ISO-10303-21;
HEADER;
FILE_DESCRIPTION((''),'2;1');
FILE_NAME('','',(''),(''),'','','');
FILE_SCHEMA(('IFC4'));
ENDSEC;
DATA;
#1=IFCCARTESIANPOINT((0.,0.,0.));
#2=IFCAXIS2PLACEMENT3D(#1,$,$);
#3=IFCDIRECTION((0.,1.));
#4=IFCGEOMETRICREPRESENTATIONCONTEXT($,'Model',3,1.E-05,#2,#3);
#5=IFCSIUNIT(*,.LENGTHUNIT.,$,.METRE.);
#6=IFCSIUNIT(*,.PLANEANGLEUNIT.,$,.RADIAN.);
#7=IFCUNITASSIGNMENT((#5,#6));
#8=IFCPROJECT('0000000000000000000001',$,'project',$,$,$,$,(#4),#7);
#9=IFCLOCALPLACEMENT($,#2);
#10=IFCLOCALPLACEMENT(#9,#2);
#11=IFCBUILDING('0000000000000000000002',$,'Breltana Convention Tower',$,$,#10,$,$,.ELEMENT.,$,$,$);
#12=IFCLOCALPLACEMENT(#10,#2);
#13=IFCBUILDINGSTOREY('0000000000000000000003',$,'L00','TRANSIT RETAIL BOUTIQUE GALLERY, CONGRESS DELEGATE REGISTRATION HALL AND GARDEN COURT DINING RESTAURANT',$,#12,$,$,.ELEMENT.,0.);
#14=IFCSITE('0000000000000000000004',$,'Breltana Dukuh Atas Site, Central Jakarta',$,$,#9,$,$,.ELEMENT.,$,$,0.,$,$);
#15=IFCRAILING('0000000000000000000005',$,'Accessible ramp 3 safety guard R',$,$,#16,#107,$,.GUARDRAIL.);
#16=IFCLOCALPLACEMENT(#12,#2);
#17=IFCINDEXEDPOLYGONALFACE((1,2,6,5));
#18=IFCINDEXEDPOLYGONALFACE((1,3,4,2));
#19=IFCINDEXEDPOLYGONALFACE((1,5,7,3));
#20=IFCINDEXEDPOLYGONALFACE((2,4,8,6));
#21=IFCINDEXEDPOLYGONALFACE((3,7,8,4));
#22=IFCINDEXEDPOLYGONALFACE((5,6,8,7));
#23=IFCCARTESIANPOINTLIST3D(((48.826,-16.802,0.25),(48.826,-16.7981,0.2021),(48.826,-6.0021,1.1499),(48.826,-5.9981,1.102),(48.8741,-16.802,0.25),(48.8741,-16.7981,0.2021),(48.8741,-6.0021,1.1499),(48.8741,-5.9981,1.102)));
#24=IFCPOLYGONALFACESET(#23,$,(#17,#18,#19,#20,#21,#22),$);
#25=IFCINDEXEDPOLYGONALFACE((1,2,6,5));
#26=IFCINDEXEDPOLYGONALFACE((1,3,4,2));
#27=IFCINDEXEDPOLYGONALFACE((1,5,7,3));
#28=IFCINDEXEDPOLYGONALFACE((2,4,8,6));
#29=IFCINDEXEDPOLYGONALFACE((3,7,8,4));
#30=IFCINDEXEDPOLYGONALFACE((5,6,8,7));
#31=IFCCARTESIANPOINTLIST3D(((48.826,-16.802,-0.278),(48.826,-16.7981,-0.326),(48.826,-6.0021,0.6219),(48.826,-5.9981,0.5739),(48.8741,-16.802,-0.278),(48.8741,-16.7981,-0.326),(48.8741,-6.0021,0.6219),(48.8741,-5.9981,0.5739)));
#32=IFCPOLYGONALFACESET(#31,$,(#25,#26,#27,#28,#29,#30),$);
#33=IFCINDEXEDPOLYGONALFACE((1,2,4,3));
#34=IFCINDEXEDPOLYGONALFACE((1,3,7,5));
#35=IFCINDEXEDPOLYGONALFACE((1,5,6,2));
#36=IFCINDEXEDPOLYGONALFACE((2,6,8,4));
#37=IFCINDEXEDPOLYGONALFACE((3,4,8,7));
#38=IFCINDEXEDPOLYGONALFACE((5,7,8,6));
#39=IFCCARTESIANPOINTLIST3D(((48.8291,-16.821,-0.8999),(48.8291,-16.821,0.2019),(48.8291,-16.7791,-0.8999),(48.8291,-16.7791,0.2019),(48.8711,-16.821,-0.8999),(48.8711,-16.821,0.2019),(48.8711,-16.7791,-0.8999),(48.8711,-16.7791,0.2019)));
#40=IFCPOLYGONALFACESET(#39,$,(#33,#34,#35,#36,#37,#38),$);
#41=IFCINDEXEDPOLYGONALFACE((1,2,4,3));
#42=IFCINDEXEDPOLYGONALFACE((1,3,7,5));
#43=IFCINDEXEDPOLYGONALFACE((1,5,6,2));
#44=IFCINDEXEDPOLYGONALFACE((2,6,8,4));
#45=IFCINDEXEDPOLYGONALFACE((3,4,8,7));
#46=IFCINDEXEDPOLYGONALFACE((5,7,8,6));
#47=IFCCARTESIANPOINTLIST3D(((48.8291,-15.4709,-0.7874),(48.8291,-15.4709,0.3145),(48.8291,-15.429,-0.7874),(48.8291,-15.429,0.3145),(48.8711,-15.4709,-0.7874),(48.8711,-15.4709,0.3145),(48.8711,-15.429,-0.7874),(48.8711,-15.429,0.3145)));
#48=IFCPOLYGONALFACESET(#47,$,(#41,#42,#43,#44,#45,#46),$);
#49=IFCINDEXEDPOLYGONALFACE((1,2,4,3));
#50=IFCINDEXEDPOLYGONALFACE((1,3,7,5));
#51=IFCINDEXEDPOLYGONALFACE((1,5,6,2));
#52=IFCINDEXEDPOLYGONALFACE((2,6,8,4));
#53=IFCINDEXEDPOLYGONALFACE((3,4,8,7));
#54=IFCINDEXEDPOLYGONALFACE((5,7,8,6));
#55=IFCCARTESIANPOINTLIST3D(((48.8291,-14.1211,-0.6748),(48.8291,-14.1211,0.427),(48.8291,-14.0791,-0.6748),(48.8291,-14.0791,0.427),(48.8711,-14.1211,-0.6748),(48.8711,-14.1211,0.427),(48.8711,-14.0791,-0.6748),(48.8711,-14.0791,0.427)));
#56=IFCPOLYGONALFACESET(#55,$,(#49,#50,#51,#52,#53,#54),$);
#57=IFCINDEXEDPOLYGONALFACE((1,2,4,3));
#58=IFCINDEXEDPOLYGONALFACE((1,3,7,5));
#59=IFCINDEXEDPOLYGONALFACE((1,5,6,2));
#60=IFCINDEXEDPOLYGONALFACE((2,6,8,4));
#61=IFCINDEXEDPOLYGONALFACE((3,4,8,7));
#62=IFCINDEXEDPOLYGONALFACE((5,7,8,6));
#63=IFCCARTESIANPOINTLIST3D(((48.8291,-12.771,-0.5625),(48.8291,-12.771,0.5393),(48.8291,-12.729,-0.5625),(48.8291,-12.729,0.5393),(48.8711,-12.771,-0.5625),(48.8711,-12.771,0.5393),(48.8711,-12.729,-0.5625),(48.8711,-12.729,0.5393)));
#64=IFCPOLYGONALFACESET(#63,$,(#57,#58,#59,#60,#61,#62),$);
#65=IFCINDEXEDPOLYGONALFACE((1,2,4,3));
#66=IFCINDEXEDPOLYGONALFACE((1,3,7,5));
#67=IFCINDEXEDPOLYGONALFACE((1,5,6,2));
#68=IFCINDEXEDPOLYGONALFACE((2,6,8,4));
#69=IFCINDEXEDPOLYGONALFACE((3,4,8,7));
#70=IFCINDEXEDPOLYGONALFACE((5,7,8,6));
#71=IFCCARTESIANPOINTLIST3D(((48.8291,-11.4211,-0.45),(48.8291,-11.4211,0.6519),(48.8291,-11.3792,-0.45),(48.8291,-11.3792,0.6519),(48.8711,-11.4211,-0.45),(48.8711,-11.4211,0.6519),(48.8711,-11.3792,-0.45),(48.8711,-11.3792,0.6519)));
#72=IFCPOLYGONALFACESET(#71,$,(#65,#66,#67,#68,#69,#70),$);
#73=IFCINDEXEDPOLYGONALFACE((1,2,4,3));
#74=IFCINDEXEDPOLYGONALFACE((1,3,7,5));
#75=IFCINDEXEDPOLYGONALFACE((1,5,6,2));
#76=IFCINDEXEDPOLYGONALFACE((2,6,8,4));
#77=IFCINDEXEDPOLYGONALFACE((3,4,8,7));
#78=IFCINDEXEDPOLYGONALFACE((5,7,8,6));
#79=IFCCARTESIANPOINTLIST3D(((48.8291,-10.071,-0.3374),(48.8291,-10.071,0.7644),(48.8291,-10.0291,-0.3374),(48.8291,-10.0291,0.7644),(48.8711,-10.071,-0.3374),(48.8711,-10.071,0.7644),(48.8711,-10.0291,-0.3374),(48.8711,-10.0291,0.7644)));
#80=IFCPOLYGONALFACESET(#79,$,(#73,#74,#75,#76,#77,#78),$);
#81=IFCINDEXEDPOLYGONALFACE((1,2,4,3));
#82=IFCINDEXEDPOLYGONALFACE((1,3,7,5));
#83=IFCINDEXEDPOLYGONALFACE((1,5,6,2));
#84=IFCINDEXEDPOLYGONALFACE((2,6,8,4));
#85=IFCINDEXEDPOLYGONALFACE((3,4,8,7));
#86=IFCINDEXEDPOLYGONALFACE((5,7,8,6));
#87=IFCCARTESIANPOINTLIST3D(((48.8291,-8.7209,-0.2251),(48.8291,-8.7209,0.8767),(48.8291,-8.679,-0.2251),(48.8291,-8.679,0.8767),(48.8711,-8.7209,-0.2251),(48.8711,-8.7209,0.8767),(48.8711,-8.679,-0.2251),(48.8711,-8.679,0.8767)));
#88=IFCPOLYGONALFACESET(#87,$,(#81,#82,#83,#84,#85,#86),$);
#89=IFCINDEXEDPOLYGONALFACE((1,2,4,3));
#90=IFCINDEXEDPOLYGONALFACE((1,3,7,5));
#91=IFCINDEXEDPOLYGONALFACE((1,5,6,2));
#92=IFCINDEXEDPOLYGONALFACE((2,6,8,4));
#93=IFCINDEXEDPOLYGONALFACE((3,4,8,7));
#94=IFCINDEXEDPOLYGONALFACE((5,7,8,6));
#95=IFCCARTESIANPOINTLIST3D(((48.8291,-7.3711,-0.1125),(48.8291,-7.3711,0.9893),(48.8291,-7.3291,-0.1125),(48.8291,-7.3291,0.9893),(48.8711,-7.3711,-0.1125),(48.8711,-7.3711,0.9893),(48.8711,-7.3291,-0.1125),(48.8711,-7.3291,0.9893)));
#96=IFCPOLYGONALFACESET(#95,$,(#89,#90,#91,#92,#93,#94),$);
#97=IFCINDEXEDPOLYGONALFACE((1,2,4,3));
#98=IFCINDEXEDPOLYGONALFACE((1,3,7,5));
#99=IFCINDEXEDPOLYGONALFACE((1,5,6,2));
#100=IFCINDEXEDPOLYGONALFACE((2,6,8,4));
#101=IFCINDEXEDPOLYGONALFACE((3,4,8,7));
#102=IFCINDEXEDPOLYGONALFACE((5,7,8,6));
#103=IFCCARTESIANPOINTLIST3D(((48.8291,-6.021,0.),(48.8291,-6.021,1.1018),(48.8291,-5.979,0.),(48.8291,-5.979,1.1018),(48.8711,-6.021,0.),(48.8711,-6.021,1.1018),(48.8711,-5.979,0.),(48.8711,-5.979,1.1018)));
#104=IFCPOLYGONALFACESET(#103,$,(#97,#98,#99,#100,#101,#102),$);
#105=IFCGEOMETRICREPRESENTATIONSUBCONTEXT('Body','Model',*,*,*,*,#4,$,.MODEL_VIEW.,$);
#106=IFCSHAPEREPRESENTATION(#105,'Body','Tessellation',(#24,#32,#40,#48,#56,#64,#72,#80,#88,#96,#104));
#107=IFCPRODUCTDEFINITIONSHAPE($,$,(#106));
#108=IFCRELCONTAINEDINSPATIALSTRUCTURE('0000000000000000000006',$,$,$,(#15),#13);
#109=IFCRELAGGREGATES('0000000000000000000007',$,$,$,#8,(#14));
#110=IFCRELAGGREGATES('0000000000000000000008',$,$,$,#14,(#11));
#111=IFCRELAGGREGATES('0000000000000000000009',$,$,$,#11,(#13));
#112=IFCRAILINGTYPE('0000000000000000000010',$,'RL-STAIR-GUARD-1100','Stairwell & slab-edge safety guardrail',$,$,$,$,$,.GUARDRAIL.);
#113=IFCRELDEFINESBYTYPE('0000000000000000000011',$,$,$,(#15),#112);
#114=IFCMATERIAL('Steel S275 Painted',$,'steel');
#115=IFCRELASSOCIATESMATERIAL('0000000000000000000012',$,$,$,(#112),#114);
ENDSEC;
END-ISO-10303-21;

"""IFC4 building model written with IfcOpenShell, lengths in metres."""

from ifc_helpers import new_model, si_unit, direction, frame, origin, origin_2d, place, context, subcontext, project, spatial, rectangle, extrude, material, type_object, element, save


model = new_model("IFC4")

# Units and contexts
model_context = context("Model", 3, precision=1e-05, world=origin(), true_north=direction((0.0, 1.0)))
body_context = subcontext(model_context, "Body", "Model", "MODEL_VIEW")
ifc_project = project(units=[si_unit("LENGTHUNIT", "METRE"), si_unit("PLANEANGLEUNIT", "RADIAN")], contexts=[model_context])

# Site, building, storey
site_placement = place(None, origin())
site = spatial("IfcSite", under=ifc_project, at=site_placement, Name="Breltana Dukuh Atas Site, Central Jakarta", CompositionType="ELEMENT", RefElevation=0.0)
building_placement = place(site_placement, origin())
building = spatial("IfcBuilding", under=site, at=building_placement, Name="Breltana Convention Tower", CompositionType="ELEMENT")
storey_placement = place(building_placement, origin())
storey = spatial("IfcBuildingStorey", under=building, at=storey_placement, Name="L00", Description="TRANSIT RETAIL BOUTIQUE GALLERY, CONGRESS DELEGATE REGISTRATION HALL AND GARDEN COURT DINING RESTAURANT", CompositionType="ELEMENT", Elevation=0.0)

# Railing
ifc_material_1 = material(Name="Steel S275 Painted", Category="steel")
railing_type = type_object("IfcRailingType", Name="RL-STAIR-GUARD-1100", Description="Stairwell & slab-edge safety guardrail", PredefinedType="GUARDRAIL", material=ifc_material_1)
railing_1_placement = place(storey_placement, frame((48.8501, -16.8, -0.8999)))
element("IfcRailing", 1, at=railing_1_placement, inside=storey, type_object=railing_type, Name="Accessible ramp 3 safety guard R", PredefinedType="GUARDRAIL", context=body_context, shape_type="SweptSolid", body=[
    extrude(rectangle(XDim=0.0481, YDim=0.0481, at=origin_2d()), frame((0.0, 0.0, 1.126), z_axis=(0.0, 0.996547, 0.083036), x_axis=(-1.0, 0.0, 0.0)), (0.0, 0.0, 1.0), 10.8374),
    extrude(rectangle(XDim=0.0481, YDim=0.0481, at=origin_2d()), frame((0.0, 0.0, 0.5979), z_axis=(0.0, 0.996547, 0.083036), x_axis=(-1.0, 0.0, 0.0)), (0.0, 0.0, 1.0), 10.8374),
    extrude(rectangle(XDim=0.042, YDim=0.042, at=origin_2d()), origin(), (0.0, 0.0, 1.0), 1.1018),
    extrude(rectangle(XDim=0.042, YDim=0.042, at=origin_2d()), frame((0.0, 1.3501, 0.1125)), (0.0, 0.0, 1.0), 1.1018),
    extrude(rectangle(XDim=0.042, YDim=0.042, at=origin_2d()), frame((0.0, 2.7, 0.2251)), (0.0, 0.0, 1.0), 1.1018),
    extrude(rectangle(XDim=0.042, YDim=0.042, at=origin_2d()), frame((0.0, 4.05, 0.3374)), (0.0, 0.0, 1.0), 1.1018),
    extrude(rectangle(XDim=0.042, YDim=0.042, at=origin_2d()), frame((0.0, 5.3999, 0.45)), (0.0, 0.0, 1.0), 1.1018),
    extrude(rectangle(XDim=0.042, YDim=0.042, at=origin_2d()), frame((0.0, 6.75, 0.5625)), (0.0, 0.0, 1.0), 1.1018),
    extrude(rectangle(XDim=0.042, YDim=0.042, at=origin_2d()), frame((0.0, 8.1001, 0.6748)), (0.0, 0.0, 1.0), 1.1018),
    extrude(rectangle(XDim=0.042, YDim=0.042, at=origin_2d()), frame((0.0, 9.45, 0.7874)), (0.0, 0.0, 1.0), 1.1018),
    extrude(rectangle(XDim=0.042, YDim=0.042, at=origin_2d()), frame((0.0, 10.8, 0.8999)), (0.0, 0.0, 1.0), 1.1018),
])

save(model, "model.ifc")
